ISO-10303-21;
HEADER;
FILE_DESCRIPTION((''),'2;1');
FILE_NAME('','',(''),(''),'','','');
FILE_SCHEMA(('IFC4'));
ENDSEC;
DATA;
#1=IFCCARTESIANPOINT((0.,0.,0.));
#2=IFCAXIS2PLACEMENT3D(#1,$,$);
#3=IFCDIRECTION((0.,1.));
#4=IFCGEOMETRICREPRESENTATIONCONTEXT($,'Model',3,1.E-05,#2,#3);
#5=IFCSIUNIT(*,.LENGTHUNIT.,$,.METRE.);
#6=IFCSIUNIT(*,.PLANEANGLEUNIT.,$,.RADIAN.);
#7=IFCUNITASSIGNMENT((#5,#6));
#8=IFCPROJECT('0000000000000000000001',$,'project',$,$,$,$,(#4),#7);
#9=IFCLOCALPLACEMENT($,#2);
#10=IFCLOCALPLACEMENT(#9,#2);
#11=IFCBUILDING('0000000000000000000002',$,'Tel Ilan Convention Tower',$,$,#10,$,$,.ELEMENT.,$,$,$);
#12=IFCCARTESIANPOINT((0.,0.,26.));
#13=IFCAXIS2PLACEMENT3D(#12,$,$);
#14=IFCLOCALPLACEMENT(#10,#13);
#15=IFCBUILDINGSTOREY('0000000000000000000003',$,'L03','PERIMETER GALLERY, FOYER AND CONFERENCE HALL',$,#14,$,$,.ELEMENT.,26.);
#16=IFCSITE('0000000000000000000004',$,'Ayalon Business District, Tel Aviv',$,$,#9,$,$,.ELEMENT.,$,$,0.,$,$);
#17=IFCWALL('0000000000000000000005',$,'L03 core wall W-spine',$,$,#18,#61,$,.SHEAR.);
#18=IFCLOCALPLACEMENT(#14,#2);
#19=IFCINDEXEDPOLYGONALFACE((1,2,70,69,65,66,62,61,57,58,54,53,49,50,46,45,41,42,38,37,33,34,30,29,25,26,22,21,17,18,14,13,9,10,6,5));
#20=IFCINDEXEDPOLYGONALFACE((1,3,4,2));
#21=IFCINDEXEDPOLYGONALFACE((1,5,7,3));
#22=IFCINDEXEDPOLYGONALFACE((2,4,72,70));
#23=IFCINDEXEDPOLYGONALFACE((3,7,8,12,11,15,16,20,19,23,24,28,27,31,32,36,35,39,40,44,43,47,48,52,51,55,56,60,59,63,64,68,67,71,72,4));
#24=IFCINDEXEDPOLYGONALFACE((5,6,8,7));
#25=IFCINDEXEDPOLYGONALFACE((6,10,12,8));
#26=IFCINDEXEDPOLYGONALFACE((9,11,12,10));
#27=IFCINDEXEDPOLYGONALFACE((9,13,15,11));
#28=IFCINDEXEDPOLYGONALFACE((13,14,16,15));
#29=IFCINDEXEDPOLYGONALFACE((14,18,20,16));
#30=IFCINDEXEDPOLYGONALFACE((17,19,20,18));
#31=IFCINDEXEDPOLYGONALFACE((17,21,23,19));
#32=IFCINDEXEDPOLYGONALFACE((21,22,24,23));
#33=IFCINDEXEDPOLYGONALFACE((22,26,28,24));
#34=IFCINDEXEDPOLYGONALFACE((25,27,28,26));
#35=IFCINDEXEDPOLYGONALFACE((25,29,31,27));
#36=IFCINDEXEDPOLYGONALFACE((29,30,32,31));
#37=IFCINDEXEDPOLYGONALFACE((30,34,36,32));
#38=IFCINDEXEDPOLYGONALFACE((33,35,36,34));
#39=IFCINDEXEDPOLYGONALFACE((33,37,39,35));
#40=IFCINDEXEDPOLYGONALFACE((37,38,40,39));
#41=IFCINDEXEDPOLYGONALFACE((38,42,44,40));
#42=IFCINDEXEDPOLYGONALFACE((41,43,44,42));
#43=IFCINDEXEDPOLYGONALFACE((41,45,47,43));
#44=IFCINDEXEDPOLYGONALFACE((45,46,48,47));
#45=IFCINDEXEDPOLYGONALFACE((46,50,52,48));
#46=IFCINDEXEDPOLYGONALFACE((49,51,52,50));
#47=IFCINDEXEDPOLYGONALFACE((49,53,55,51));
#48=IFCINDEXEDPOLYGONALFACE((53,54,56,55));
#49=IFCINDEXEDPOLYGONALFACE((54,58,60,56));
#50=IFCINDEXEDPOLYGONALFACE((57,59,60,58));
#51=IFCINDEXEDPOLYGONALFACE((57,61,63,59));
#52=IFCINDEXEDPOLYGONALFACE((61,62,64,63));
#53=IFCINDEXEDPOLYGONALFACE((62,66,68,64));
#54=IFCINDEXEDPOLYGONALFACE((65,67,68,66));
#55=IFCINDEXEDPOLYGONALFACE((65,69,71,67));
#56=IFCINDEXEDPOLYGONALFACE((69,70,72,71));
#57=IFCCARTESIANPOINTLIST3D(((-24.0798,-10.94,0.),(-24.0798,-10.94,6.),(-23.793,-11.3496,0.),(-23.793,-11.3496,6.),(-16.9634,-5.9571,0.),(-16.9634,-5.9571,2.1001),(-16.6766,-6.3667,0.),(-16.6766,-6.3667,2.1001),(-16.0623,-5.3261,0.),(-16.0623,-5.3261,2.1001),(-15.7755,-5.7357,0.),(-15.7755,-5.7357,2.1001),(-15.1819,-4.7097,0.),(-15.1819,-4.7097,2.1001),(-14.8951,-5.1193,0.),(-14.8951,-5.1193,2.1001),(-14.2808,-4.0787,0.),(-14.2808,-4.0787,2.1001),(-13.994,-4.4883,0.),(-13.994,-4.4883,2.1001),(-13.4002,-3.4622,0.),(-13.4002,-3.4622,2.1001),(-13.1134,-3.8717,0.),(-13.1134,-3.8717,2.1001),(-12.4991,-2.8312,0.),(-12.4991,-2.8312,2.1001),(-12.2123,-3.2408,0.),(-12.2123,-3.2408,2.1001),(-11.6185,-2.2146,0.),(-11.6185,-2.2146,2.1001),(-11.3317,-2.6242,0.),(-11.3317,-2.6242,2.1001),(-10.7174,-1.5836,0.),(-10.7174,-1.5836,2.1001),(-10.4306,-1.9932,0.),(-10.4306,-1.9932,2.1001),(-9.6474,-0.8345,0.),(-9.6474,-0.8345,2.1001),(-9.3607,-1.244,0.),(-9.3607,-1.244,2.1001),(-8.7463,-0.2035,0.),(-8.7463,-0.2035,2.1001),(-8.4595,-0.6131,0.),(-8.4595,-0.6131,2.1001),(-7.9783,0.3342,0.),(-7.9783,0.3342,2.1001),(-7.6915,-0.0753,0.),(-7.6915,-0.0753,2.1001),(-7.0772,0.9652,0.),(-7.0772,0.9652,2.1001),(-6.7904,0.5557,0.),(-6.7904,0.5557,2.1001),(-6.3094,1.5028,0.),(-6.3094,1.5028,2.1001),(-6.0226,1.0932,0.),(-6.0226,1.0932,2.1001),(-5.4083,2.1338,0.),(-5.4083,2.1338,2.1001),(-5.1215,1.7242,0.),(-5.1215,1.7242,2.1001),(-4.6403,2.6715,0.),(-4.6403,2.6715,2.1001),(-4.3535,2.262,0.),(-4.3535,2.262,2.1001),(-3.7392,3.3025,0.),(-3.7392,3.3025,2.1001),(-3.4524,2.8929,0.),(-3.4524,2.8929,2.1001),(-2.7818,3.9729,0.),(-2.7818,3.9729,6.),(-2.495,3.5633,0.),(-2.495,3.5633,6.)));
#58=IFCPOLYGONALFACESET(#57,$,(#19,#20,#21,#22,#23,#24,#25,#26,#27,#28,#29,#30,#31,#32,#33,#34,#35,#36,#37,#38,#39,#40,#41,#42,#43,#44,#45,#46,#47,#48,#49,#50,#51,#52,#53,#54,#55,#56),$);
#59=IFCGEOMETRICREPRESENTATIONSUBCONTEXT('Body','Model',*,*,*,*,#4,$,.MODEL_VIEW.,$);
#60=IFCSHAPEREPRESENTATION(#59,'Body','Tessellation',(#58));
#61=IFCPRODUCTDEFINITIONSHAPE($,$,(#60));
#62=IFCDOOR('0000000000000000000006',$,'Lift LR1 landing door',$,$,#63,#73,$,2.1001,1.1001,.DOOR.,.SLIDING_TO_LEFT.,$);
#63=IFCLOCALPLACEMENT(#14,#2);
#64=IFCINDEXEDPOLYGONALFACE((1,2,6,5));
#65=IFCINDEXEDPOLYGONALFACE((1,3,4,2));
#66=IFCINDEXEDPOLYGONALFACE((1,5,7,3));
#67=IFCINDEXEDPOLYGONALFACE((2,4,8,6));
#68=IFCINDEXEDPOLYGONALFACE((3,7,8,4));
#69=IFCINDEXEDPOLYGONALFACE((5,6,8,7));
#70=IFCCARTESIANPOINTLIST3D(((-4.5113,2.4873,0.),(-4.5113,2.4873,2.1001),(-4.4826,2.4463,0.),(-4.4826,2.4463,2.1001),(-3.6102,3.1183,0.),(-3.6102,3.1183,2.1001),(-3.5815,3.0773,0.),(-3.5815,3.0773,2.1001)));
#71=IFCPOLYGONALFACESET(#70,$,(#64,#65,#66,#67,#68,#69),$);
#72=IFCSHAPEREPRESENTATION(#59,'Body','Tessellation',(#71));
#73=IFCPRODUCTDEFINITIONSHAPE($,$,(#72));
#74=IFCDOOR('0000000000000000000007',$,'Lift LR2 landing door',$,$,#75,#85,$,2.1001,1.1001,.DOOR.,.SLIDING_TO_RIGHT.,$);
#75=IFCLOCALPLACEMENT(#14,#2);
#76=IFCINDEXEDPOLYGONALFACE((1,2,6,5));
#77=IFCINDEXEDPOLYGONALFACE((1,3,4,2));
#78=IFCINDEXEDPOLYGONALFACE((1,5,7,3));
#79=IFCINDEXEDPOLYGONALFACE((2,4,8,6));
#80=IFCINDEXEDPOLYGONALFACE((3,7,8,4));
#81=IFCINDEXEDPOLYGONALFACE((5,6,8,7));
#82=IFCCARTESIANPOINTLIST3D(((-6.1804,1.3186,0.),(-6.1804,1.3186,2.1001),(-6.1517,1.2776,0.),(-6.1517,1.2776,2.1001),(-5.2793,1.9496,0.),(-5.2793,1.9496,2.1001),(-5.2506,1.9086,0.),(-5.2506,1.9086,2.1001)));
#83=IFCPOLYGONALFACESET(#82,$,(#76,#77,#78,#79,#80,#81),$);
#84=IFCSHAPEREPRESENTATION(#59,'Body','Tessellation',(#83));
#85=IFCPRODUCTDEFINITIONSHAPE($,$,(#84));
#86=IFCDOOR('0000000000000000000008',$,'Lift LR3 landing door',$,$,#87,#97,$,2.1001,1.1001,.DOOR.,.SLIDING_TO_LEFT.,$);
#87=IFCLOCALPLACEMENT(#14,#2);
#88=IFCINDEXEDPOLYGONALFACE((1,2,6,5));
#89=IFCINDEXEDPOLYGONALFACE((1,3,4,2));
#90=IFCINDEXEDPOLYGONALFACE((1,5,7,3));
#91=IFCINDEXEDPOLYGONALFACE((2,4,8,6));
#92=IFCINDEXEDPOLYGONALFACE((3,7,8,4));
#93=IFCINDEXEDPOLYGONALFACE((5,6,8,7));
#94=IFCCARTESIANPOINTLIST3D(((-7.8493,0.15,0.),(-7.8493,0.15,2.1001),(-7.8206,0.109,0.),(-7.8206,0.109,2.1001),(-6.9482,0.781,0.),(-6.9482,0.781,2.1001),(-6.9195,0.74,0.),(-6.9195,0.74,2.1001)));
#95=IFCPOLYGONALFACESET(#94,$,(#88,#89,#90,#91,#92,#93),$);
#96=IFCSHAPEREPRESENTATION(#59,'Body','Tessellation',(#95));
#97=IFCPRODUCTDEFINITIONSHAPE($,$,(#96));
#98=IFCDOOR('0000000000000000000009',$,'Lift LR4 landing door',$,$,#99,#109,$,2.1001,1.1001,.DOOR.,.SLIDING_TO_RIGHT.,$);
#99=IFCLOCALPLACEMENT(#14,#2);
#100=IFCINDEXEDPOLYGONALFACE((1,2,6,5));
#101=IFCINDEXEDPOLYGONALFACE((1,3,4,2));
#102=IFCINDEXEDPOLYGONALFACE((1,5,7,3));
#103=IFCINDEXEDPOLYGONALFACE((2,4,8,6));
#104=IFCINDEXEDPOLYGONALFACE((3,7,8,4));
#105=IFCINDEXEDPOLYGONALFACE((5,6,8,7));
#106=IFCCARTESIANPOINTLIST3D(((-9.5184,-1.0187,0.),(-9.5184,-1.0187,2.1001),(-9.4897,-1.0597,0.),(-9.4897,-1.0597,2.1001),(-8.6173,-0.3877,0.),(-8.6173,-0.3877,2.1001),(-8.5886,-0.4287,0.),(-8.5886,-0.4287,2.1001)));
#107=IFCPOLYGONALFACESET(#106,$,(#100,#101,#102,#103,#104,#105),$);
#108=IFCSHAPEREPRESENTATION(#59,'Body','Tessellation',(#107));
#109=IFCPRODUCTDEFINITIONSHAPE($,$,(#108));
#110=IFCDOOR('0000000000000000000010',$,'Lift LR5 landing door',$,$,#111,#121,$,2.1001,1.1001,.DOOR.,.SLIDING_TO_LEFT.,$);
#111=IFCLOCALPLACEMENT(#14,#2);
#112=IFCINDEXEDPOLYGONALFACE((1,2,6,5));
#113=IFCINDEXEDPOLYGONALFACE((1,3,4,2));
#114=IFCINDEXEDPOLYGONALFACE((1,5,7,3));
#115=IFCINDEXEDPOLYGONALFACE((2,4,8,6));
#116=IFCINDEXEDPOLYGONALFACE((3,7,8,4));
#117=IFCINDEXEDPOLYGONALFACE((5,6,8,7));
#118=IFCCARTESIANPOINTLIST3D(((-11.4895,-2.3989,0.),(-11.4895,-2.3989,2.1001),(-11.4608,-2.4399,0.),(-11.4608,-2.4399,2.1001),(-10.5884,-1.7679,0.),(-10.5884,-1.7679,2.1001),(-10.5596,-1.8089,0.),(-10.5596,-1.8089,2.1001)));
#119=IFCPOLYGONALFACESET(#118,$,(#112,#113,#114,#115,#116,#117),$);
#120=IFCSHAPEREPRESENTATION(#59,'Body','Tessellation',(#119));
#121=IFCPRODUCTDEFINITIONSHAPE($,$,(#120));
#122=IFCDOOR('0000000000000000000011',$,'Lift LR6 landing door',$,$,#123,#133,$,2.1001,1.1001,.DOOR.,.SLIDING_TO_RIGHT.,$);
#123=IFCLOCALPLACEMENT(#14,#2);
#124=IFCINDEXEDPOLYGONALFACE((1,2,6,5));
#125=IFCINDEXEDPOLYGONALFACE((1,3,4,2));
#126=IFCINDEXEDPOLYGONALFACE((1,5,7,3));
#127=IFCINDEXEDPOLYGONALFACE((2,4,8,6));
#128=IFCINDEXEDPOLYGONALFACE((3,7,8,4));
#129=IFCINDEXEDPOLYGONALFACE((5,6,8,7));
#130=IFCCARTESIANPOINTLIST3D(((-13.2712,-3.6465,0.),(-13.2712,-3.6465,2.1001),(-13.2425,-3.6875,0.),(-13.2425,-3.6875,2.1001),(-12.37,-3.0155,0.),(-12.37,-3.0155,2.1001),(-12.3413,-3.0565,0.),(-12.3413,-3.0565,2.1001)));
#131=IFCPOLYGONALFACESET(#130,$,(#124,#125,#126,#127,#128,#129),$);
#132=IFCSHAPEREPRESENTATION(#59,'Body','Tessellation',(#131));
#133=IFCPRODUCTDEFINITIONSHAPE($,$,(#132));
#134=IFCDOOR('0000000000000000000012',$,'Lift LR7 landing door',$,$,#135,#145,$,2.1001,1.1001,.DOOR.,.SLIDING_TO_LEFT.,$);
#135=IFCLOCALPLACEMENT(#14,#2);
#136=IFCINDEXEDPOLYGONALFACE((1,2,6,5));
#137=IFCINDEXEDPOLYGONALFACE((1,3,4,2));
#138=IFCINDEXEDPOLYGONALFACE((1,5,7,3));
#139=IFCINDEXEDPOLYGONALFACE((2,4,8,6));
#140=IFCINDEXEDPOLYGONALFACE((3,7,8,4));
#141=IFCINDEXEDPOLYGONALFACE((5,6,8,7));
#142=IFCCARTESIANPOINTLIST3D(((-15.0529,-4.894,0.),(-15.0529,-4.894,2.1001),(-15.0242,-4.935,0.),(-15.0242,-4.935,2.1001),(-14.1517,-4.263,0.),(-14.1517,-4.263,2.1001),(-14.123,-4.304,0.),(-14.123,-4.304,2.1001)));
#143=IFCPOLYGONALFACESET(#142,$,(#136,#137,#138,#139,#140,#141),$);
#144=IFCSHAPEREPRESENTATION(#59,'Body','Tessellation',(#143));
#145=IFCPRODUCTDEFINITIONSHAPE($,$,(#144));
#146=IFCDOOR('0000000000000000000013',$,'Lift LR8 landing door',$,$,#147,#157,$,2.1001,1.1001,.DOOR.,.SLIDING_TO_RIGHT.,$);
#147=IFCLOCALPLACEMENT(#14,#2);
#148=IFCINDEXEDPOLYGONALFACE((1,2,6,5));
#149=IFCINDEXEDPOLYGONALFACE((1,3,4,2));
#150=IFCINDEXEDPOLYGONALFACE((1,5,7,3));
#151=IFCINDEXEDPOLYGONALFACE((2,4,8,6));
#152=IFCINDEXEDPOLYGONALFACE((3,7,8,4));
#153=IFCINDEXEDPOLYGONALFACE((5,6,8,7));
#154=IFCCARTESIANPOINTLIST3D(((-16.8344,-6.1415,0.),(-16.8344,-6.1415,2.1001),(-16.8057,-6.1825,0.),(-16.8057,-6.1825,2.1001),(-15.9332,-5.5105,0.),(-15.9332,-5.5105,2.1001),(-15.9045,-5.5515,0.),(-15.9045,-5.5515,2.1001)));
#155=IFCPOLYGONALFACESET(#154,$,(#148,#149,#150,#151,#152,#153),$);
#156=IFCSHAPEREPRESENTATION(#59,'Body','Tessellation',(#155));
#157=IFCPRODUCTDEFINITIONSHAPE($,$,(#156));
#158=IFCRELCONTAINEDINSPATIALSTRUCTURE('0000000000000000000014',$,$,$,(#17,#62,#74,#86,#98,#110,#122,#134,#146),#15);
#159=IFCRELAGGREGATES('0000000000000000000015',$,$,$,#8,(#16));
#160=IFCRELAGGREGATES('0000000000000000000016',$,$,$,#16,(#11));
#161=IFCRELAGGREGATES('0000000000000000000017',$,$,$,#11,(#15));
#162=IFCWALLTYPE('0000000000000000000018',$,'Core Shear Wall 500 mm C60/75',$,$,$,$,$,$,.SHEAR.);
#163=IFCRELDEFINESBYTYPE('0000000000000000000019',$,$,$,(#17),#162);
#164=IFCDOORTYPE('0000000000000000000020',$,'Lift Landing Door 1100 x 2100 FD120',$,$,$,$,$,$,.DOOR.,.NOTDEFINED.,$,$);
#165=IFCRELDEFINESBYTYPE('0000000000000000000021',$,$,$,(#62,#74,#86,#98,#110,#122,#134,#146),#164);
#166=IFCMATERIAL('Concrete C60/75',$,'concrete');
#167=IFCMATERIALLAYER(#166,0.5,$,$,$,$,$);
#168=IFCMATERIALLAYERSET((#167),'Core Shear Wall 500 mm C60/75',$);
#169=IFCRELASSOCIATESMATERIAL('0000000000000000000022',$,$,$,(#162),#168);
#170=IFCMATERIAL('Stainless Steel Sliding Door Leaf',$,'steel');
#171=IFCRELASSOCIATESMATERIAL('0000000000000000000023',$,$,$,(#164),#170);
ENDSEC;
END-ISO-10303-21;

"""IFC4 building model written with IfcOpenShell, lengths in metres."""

from ifc_helpers import new_model, si_unit, direction, frame, frame_2d, origin, place, context, subcontext, project, spatial, polyline, rectangle, outline, extrude, material, layer, layer_set, type_object, element, fill, save


model = new_model("IFC4")

# Units and contexts
model_context = context("Model", 3, precision=1e-05, world=origin(), true_north=direction((0.0, 1.0)))
body_context = subcontext(model_context, "Body", "Model", "MODEL_VIEW")
ifc_project = project(units=[si_unit("LENGTHUNIT", "METRE"), si_unit("PLANEANGLEUNIT", "RADIAN")], contexts=[model_context])

# Site, building, storey
site_placement = place(None, origin())
site = spatial("IfcSite", under=ifc_project, at=site_placement, Name="Ayalon Business District, Tel Aviv", CompositionType="ELEMENT", RefElevation=0.0)
building_placement = place(site_placement, origin())
building = spatial("IfcBuilding", under=site, at=building_placement, Name="Tel Ilan Convention Tower", CompositionType="ELEMENT")
storey_placement = place(building_placement, frame((0.0, 0.0, 26.0)))
storey = spatial("IfcBuildingStorey", under=building, at=storey_placement, Name="L03", Description="PERIMETER GALLERY, FOYER AND CONFERENCE HALL", CompositionType="ELEMENT", Elevation=26.0)

# Wall, openings, doors
ifc_material_1 = material(Name="Concrete C60/75", Category="concrete")
ifc_layer_1 = layer(ifc_material_1, 0.5)
ifc_layer_set_1 = layer_set([ifc_layer_1], Name="Core Shear Wall 500 mm C60/75")
wall_type_1 = type_object("IfcWallType", Name="Core Shear Wall 500 mm C60/75", PredefinedType="SHEAR", material=ifc_layer_set_1)
wall_1_placement = place(storey_placement, frame((-2.6384, 3.7681, 0.0), z_axis=(0.0, 0.0, 1.0), x_axis=(-0.819149, -0.573581, 0.0)))
wall_1 = element("IfcWall", 1, at=wall_1_placement, inside=storey, type_object=wall_type_1, Name="L03 core wall W-spine", PredefinedType="SHEAR", context=body_context, shape_type="SweptSolid", body=[
    extrude(outline(polyline([(26.0, 0.2498), (0.0, 0.25), (0.0, -0.25), (26.0, -0.2502), (26.0, 0.2498)])), origin(), (0.0, 0.0, 1.0), 6.0),
])
opening_1_placement = place(wall_1_placement, frame((1.1687, 0.0, 0.0)))
opening_1 = element("IfcOpeningElement", 2, at=opening_1_placement, cuts=wall_1, PredefinedType="OPENING", context=body_context, shape_type="SweptSolid", body=[
    extrude(rectangle(XDim=1.1001, YDim=2.1001, at=frame_2d((0.55, 1.05))), frame((0.0, 0.26, 0.0), z_axis=(0.0, -1.0, 0.0), x_axis=(1.0, 0.0, 0.0)), (0.0, 0.0, 1.0), 0.52),
])
opening_2_placement = place(wall_1_placement, frame((3.2063, 0.0, 0.0)))
opening_2 = element("IfcOpeningElement", 3, at=opening_2_placement, cuts=wall_1, PredefinedType="OPENING", context=body_context, shape_type="SweptSolid", body=[
    extrude(rectangle(XDim=1.1001, YDim=2.1001, at=frame_2d((0.55, 1.05))), frame((0.0, 0.26, 0.0), z_axis=(0.0, -1.0, 0.0), x_axis=(1.0, 0.0, 0.0)), (0.0, 0.0, 1.0), 0.52),
])
opening_3_placement = place(wall_1_placement, frame((5.2437, 0.0, 0.0)))
opening_3 = element("IfcOpeningElement", 4, at=opening_3_placement, cuts=wall_1, PredefinedType="OPENING", context=body_context, shape_type="SweptSolid", body=[
    extrude(rectangle(XDim=1.1001, YDim=2.1001, at=frame_2d((0.55, 1.05))), frame((0.0, 0.26, 0.0), z_axis=(0.0, -1.0, 0.0), x_axis=(1.0, 0.0, 0.0)), (0.0, 0.0, 1.0), 0.52),
])
opening_4_placement = place(wall_1_placement, frame((7.2812, 0.0, 0.0)))
opening_4 = element("IfcOpeningElement", 5, at=opening_4_placement, cuts=wall_1, PredefinedType="OPENING", context=body_context, shape_type="SweptSolid", body=[
    extrude(rectangle(XDim=1.1001, YDim=2.1001, at=frame_2d((0.55, 1.05))), frame((0.0, 0.26, 0.0), z_axis=(0.0, -1.0, 0.0), x_axis=(1.0, 0.0, 0.0)), (0.0, 0.0, 1.0), 0.52),
])
opening_5_placement = place(wall_1_placement, frame((9.6875, 0.0, 0.0)))
opening_5 = element("IfcOpeningElement", 6, at=opening_5_placement, cuts=wall_1, PredefinedType="OPENING", context=body_context, shape_type="SweptSolid", body=[
    extrude(rectangle(XDim=1.1001, YDim=2.1001, at=frame_2d((0.55, 1.05))), frame((0.0, 0.26, 0.0), z_axis=(0.0, -1.0, 0.0), x_axis=(1.0, 0.0, 0.0)), (0.0, 0.0, 1.0), 0.52),
])
opening_6_placement = place(wall_1_placement, frame((11.8625, 0.0, 0.0)))
opening_6 = element("IfcOpeningElement", 7, at=opening_6_placement, cuts=wall_1, PredefinedType="OPENING", context=body_context, shape_type="SweptSolid", body=[
    extrude(rectangle(XDim=1.1001, YDim=2.1001, at=frame_2d((0.55, 1.05))), frame((0.0, 0.26, 0.0), z_axis=(0.0, -1.0, 0.0), x_axis=(1.0, 0.0, 0.0)), (0.0, 0.0, 1.0), 0.52),
])
opening_7_placement = place(wall_1_placement, frame((14.0376, 0.0, 0.0)))
opening_7 = element("IfcOpeningElement", 8, at=opening_7_placement, cuts=wall_1, PredefinedType="OPENING", context=body_context, shape_type="SweptSolid", body=[
    extrude(rectangle(XDim=1.1001, YDim=2.1001, at=frame_2d((0.55, 1.05))), frame((0.0, 0.26, 0.0), z_axis=(0.0, -1.0, 0.0), x_axis=(1.0, 0.0, 0.0)), (0.0, 0.0, 1.0), 0.52),
])
opening_8_placement = place(wall_1_placement, frame((16.2124, 0.0, 0.0)))
opening_8 = element("IfcOpeningElement", 9, at=opening_8_placement, cuts=wall_1, PredefinedType="OPENING", context=body_context, shape_type="SweptSolid", body=[
    extrude(rectangle(XDim=1.1001, YDim=2.1001, at=frame_2d((0.55, 1.05))), frame((0.0, 0.26, 0.0), z_axis=(0.0, -1.0, 0.0), x_axis=(1.0, 0.0, 0.0)), (0.0, 0.0, 1.0), 0.52),
])
ifc_material_2 = material(Name="Stainless Steel Sliding Door Leaf", Category="steel")
door_type = type_object("IfcDoorType", Name="Lift Landing Door 1100 x 2100 FD120", OperationType="NOTDEFINED", PredefinedType="DOOR", material=ifc_material_2)
door_1_placement = place(opening_1_placement, origin())
door_1 = element("IfcDoor", 10, at=door_1_placement, inside=storey, type_object=door_type, Name="Lift LR1 landing door", OperationType="SLIDING_TO_LEFT", OverallHeight=2.1001, OverallWidth=1.1001, PredefinedType="DOOR", context=body_context, shape_type="SweptSolid", body=[
    extrude(rectangle(XDim=1.1001, YDim=2.1001, at=frame_2d((0.55, 1.05))), frame((0.0, 0.0249, 0.0), z_axis=(0.0, -1.0, 0.0), x_axis=(1.0, 0.0, 0.0)), (0.0, 0.0, 1.0), 0.05),
])
fill(opening_1, door_1)
door_2_placement = place(opening_2_placement, origin())
door_2 = element("IfcDoor", 11, at=door_2_placement, inside=storey, type_object=door_type, Name="Lift LR2 landing door", OperationType="SLIDING_TO_RIGHT", OverallHeight=2.1001, OverallWidth=1.1001, PredefinedType="DOOR", context=body_context, shape_type="SweptSolid", body=[
    extrude(rectangle(XDim=1.1001, YDim=2.1001, at=frame_2d((0.55, 1.05))), frame((0.0, 0.0249, 0.0), z_axis=(0.0, -1.0, 0.0), x_axis=(1.0, 0.0, 0.0)), (0.0, 0.0, 1.0), 0.05),
])
fill(opening_2, door_2)
door_3_placement = place(opening_3_placement, origin())
door_3 = element("IfcDoor", 12, at=door_3_placement, inside=storey, type_object=door_type, Name="Lift LR3 landing door", OperationType="SLIDING_TO_LEFT", OverallHeight=2.1001, OverallWidth=1.1001, PredefinedType="DOOR", context=body_context, shape_type="SweptSolid", body=[
    extrude(rectangle(XDim=1.1001, YDim=2.1001, at=frame_2d((0.55, 1.05))), frame((0.0, 0.0249, 0.0), z_axis=(0.0, -1.0, 0.0), x_axis=(1.0, 0.0, 0.0)), (0.0, 0.0, 1.0), 0.05),
])
fill(opening_3, door_3)
door_4_placement = place(opening_4_placement, origin())
door_4 = element("IfcDoor", 13, at=door_4_placement, inside=storey, type_object=door_type, Name="Lift LR4 landing door", OperationType="SLIDING_TO_RIGHT", OverallHeight=2.1001, OverallWidth=1.1001, PredefinedType="DOOR", context=body_context, shape_type="SweptSolid", body=[
    extrude(rectangle(XDim=1.1001, YDim=2.1001, at=frame_2d((0.55, 1.05))), frame((0.0, 0.0249, 0.0), z_axis=(0.0, -1.0, 0.0), x_axis=(1.0, 0.0, 0.0)), (0.0, 0.0, 1.0), 0.05),
])
fill(opening_4, door_4)
door_5_placement = place(opening_5_placement, origin())
door_5 = element("IfcDoor", 14, at=door_5_placement, inside=storey, type_object=door_type, Name="Lift LR5 landing door", OperationType="SLIDING_TO_LEFT", OverallHeight=2.1001, OverallWidth=1.1001, PredefinedType="DOOR", context=body_context, shape_type="SweptSolid", body=[
    extrude(rectangle(XDim=1.1001, YDim=2.1001, at=frame_2d((0.55, 1.05))), frame((0.0, 0.0249, 0.0), z_axis=(0.0, -1.0, 0.0), x_axis=(1.0, 0.0, 0.0)), (0.0, 0.0, 1.0), 0.05),
])
fill(opening_5, door_5)
door_6_placement = place(opening_6_placement, origin())
door_6 = element("IfcDoor", 15, at=door_6_placement, inside=storey, type_object=door_type, Name="Lift LR6 landing door", OperationType="SLIDING_TO_RIGHT", OverallHeight=2.1001, OverallWidth=1.1001, PredefinedType="DOOR", context=body_context, shape_type="SweptSolid", body=[
    extrude(rectangle(XDim=1.1001, YDim=2.1001, at=frame_2d((0.55, 1.05))), frame((0.0, 0.0249, 0.0), z_axis=(0.0, -1.0, 0.0), x_axis=(1.0, 0.0, 0.0)), (0.0, 0.0, 1.0), 0.05),
])
fill(opening_6, door_6)
door_7_placement = place(opening_7_placement, origin())
door_7 = element("IfcDoor", 16, at=door_7_placement, inside=storey, type_object=door_type, Name="Lift LR7 landing door", OperationType="SLIDING_TO_LEFT", OverallHeight=2.1001, OverallWidth=1.1001, PredefinedType="DOOR", context=body_context, shape_type="SweptSolid", body=[
    extrude(rectangle(XDim=1.1001, YDim=2.1001, at=frame_2d((0.55, 1.05))), frame((0.0, 0.0249, 0.0), z_axis=(0.0, -1.0, 0.0), x_axis=(1.0, 0.0, 0.0)), (0.0, 0.0, 1.0), 0.05),
])
fill(opening_7, door_7)
door_8_placement = place(opening_8_placement, origin())
door_8 = element("IfcDoor", 17, at=door_8_placement, inside=storey, type_object=door_type, Name="Lift LR8 landing door", OperationType="SLIDING_TO_RIGHT", OverallHeight=2.1001, OverallWidth=1.1001, PredefinedType="DOOR", context=body_context, shape_type="SweptSolid", body=[
    extrude(rectangle(XDim=1.1001, YDim=2.1001, at=frame_2d((0.55, 1.05))), frame((0.0, 0.0249, 0.0), z_axis=(0.0, -1.0, 0.0), x_axis=(1.0, 0.0, 0.0)), (0.0, 0.0, 1.0), 0.05),
])
fill(opening_8, door_8)

save(model, "model.ifc")
